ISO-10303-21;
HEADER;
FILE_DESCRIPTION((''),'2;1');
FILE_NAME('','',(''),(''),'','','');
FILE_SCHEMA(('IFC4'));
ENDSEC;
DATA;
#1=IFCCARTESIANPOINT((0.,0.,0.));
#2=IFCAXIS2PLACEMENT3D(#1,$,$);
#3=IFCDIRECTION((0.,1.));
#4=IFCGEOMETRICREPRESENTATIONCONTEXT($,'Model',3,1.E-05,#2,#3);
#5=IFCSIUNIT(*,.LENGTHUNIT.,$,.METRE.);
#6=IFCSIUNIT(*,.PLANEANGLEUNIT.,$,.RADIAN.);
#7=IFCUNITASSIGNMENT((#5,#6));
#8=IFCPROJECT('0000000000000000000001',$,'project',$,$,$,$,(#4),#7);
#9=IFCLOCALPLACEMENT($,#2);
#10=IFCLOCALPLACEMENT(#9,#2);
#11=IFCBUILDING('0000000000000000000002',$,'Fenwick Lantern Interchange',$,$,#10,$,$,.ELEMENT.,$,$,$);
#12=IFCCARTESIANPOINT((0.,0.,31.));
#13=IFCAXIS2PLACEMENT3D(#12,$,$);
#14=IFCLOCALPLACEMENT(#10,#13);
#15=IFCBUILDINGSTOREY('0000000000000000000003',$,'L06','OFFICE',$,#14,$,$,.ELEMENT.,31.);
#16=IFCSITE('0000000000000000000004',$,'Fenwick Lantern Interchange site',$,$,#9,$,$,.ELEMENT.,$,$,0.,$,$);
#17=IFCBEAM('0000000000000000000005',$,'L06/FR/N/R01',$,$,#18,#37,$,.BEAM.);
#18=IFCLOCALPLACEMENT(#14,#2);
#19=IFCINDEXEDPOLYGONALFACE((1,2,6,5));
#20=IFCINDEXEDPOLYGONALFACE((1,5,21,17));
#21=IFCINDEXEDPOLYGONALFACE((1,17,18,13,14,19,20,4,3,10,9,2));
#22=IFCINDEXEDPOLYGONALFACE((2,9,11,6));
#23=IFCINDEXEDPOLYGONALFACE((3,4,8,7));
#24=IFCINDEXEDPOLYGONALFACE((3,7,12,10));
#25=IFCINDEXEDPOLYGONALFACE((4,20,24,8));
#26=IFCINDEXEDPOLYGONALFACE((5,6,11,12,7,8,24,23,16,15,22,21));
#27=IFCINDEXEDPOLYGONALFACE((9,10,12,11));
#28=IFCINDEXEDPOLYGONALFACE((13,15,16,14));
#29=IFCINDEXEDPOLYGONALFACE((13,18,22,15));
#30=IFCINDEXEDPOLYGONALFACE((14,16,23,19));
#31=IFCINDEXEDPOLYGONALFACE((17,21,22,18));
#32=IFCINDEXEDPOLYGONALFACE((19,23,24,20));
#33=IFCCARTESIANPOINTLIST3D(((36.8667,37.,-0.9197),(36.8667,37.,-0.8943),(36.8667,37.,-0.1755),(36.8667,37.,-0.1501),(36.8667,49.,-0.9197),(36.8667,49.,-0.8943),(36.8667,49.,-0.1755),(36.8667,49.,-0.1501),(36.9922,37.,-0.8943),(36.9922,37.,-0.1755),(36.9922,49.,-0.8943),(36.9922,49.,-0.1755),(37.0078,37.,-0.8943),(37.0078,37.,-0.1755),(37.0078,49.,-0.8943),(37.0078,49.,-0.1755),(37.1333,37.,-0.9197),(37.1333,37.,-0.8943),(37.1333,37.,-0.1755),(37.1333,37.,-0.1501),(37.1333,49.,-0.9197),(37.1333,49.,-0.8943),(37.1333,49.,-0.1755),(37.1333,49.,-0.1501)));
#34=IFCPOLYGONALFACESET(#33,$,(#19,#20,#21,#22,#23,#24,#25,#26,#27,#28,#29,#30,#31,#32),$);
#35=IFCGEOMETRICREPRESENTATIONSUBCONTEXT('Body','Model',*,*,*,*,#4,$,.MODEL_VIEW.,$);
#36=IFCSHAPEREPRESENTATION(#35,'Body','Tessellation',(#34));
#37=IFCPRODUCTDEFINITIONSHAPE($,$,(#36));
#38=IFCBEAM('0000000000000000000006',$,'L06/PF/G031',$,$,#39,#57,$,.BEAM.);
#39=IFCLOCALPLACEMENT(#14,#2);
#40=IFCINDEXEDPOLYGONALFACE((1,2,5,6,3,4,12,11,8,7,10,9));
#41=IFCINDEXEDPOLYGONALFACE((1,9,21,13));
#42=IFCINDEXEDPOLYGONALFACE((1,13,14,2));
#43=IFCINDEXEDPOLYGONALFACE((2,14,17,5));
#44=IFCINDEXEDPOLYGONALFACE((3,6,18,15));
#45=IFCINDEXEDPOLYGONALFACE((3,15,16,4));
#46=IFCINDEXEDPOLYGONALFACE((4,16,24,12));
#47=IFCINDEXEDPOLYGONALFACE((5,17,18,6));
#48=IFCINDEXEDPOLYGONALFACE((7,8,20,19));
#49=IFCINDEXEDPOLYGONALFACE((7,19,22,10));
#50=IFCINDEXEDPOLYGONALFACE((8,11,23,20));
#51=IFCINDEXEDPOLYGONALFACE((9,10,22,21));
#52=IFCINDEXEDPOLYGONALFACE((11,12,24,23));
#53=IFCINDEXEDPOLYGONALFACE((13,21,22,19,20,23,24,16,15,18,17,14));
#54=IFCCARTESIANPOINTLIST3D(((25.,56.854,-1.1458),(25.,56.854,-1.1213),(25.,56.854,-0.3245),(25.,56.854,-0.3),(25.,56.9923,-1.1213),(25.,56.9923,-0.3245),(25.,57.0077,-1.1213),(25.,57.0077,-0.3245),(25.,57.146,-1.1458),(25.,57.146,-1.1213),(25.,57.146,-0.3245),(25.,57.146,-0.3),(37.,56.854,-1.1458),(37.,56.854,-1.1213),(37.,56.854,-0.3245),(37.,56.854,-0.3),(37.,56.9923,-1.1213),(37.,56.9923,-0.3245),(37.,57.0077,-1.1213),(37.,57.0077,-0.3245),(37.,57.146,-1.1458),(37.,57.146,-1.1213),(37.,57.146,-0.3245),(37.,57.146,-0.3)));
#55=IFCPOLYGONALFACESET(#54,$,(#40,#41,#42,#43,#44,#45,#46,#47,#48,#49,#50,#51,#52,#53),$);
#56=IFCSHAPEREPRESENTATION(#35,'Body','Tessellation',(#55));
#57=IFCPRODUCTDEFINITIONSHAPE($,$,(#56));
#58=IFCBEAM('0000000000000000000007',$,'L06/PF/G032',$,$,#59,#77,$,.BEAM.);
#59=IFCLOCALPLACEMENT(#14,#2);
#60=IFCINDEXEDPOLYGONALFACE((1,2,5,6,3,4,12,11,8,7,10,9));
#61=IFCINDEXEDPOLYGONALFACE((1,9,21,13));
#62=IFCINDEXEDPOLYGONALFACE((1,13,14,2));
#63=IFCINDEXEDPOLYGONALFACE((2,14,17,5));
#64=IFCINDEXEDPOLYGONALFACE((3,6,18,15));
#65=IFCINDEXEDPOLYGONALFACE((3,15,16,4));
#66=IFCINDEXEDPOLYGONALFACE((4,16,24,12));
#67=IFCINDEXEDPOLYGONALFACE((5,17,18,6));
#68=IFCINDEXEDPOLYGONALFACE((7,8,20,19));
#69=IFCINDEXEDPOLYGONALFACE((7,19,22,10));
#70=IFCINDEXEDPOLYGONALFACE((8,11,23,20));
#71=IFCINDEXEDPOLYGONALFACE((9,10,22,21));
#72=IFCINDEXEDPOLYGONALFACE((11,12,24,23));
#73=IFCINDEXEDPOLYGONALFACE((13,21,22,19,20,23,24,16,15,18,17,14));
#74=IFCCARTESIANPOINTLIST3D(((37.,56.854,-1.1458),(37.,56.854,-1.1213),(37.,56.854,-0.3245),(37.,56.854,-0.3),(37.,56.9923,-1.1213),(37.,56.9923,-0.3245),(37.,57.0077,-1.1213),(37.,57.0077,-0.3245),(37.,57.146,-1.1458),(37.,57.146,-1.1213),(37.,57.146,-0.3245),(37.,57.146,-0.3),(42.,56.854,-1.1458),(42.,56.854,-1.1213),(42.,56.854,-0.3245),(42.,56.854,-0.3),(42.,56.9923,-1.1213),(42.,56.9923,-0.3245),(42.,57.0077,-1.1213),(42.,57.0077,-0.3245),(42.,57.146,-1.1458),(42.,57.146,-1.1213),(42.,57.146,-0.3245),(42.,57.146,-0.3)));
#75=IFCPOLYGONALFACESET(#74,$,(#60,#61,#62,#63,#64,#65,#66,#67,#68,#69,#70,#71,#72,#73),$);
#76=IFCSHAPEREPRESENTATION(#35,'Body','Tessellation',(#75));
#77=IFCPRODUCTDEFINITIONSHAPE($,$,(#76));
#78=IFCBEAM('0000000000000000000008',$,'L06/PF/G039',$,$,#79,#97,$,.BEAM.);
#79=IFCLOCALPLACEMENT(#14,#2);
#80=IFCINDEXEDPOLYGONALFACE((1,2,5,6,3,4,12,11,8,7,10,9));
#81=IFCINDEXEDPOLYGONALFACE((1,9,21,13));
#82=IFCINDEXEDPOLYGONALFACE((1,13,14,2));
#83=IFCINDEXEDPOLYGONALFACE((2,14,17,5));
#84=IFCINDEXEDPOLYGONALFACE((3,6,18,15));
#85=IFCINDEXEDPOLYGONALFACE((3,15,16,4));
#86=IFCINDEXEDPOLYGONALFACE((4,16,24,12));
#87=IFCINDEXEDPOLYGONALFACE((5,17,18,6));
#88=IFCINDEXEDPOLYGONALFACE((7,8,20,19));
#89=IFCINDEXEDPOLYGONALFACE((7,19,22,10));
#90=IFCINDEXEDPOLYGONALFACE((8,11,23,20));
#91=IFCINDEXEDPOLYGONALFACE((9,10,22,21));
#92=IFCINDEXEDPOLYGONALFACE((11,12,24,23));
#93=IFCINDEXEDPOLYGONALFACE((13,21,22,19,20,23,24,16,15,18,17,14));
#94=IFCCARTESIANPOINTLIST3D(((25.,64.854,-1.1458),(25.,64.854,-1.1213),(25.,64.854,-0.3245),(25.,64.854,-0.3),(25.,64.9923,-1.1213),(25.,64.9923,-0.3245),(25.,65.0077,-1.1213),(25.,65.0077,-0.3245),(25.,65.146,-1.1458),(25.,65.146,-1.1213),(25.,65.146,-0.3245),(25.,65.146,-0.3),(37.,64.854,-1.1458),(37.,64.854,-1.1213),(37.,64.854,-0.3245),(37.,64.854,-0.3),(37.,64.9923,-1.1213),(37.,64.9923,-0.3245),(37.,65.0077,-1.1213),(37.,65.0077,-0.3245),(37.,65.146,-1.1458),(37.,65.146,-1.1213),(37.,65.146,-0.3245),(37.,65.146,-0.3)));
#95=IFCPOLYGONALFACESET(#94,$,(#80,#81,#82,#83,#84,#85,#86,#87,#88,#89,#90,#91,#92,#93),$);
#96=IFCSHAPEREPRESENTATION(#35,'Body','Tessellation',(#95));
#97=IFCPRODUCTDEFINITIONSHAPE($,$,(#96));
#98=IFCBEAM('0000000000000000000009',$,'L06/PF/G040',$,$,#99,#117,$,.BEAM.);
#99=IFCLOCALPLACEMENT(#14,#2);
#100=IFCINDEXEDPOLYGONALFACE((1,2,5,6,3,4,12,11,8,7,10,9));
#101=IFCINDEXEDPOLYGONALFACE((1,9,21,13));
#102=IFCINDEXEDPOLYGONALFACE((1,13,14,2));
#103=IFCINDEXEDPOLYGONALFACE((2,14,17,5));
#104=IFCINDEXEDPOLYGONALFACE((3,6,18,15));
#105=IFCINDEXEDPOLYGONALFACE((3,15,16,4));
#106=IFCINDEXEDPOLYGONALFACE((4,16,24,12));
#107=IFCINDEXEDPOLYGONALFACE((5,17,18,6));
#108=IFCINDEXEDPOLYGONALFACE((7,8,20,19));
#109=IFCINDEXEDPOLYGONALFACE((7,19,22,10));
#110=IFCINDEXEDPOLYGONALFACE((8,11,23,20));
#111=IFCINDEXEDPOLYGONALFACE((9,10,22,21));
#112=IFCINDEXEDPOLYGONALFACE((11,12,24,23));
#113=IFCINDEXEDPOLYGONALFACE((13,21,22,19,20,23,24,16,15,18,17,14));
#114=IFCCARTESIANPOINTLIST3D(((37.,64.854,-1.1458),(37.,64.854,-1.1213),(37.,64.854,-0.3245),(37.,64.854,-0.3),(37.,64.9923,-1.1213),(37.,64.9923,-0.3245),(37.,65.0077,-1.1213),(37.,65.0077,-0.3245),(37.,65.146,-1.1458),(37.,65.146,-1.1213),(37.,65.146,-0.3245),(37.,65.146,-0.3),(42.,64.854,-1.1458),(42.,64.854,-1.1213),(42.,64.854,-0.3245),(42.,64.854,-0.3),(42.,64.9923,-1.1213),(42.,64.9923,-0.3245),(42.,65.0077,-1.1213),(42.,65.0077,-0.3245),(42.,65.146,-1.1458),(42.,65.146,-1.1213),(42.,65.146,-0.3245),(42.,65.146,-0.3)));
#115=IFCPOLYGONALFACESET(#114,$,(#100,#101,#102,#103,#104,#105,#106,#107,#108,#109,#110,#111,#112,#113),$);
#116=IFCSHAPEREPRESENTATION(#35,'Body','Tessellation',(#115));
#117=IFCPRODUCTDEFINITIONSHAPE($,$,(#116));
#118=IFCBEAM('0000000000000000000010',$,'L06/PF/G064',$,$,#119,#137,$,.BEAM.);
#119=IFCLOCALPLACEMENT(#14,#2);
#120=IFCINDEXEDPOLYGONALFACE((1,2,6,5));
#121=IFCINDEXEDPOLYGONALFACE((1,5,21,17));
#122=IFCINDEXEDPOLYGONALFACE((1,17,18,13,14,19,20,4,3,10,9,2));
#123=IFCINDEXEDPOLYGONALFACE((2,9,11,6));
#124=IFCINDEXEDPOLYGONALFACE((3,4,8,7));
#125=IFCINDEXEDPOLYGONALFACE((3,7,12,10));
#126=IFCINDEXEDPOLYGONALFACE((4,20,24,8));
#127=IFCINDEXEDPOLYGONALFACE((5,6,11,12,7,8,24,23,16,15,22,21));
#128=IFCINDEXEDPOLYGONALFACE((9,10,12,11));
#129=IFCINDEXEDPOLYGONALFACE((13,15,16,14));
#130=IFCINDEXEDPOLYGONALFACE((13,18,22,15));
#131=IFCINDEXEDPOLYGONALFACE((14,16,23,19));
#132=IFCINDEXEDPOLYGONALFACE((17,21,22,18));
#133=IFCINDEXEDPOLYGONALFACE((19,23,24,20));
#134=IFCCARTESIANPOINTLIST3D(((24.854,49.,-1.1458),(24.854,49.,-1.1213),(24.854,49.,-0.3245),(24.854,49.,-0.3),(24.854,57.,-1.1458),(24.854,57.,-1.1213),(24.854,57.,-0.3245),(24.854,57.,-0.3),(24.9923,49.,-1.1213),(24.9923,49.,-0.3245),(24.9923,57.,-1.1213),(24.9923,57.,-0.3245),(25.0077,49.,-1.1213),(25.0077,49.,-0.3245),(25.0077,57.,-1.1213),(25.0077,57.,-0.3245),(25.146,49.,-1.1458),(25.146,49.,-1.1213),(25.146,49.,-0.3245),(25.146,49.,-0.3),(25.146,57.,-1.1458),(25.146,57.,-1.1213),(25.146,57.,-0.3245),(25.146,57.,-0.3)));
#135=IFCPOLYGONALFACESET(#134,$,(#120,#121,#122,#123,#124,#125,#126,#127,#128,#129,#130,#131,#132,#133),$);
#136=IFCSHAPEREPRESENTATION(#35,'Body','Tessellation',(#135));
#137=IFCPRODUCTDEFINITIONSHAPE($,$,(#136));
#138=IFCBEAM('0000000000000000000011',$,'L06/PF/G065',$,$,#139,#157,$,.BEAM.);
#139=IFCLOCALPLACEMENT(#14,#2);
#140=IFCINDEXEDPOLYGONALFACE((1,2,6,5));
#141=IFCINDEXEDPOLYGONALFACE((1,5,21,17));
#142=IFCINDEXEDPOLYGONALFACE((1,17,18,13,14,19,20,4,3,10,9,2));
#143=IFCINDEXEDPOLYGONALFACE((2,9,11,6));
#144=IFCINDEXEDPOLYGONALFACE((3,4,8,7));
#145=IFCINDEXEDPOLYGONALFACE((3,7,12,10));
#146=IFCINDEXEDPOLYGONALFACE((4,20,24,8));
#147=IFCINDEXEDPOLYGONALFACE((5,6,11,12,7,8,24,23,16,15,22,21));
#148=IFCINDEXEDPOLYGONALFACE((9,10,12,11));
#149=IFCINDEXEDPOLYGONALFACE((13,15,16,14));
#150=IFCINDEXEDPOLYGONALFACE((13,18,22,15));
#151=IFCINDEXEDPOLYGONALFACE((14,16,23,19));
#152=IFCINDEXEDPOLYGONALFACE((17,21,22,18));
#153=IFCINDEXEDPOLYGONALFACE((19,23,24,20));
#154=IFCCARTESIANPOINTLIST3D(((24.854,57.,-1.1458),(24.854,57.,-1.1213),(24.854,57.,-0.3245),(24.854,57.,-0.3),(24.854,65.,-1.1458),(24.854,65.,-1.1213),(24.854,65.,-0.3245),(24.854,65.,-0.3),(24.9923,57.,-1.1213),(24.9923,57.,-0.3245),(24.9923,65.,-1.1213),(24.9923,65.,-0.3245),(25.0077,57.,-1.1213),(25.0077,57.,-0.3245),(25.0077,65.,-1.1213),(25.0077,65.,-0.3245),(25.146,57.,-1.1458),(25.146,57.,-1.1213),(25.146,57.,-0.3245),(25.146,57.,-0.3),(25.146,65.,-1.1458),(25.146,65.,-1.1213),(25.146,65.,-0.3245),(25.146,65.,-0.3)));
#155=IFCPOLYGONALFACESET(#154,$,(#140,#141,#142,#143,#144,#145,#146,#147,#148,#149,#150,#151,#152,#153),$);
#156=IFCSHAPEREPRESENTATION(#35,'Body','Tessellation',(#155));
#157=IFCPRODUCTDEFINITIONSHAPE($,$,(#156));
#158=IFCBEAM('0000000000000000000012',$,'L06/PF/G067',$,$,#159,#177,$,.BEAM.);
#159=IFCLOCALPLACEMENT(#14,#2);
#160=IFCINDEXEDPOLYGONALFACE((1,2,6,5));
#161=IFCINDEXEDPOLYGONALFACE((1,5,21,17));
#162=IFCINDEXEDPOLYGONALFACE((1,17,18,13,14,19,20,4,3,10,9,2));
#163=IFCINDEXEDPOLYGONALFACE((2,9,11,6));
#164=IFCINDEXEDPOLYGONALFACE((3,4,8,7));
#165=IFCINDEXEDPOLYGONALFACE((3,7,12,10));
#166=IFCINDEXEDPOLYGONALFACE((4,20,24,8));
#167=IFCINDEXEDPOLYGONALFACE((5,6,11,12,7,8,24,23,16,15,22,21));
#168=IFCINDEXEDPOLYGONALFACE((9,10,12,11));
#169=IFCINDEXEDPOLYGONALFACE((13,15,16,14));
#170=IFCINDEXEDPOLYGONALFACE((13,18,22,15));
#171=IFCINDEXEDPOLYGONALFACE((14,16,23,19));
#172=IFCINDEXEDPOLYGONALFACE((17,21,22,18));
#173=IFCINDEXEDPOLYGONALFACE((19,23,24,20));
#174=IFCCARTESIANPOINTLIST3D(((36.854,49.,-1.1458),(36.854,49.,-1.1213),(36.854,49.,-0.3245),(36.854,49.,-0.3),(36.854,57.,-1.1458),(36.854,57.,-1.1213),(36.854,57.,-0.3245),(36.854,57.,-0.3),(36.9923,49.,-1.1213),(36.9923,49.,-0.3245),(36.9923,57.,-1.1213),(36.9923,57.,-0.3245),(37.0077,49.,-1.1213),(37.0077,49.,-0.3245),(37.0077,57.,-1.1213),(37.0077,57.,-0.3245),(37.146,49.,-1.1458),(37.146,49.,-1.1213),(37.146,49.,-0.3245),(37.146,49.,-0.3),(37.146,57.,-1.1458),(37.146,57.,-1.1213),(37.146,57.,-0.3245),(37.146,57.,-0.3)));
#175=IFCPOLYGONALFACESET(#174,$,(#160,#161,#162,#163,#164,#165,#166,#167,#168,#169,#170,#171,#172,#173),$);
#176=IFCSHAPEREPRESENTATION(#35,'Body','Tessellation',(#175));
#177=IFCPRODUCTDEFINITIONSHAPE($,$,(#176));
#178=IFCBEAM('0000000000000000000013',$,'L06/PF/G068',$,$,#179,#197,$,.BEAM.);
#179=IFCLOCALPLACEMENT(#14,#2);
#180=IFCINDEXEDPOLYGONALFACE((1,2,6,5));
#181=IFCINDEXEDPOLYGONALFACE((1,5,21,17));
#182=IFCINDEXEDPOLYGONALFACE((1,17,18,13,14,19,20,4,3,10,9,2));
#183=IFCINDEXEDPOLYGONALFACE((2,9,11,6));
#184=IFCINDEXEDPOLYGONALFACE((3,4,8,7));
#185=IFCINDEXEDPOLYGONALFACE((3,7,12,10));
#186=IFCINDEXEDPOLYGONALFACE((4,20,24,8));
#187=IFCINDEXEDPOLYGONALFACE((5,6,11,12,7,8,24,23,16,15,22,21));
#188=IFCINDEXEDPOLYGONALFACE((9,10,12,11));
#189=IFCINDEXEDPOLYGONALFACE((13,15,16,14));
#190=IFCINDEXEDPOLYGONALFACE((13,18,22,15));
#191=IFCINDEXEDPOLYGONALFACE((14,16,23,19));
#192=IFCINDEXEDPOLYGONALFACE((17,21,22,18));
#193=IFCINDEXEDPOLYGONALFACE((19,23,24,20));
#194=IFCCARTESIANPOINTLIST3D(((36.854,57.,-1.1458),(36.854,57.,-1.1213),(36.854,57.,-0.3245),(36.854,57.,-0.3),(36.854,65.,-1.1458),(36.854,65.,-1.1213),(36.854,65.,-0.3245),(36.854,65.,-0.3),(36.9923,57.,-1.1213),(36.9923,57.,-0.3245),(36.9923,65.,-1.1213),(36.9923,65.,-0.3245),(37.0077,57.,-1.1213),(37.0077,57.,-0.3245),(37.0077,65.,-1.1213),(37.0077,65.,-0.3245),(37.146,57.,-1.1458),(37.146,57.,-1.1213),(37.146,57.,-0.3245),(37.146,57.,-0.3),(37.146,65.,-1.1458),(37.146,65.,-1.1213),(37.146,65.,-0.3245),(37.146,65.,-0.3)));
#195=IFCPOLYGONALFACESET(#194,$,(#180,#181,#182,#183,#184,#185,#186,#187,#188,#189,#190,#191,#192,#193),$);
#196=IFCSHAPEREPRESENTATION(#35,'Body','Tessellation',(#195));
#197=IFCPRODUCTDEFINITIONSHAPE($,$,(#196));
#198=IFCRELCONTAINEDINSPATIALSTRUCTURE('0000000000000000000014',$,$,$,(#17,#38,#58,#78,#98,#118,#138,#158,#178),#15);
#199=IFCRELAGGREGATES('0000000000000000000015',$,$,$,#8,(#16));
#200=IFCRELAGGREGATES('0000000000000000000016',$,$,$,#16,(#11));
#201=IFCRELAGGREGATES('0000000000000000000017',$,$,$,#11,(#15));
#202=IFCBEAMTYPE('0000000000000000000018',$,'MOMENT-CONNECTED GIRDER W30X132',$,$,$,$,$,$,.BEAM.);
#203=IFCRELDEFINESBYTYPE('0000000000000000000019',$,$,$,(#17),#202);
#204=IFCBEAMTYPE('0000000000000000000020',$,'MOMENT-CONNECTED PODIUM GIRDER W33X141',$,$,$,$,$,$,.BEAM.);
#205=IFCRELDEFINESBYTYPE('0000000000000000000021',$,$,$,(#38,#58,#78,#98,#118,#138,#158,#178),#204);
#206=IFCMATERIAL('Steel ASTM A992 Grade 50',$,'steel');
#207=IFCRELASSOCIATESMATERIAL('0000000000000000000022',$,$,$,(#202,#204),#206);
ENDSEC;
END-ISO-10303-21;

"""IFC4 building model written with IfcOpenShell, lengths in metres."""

from ifc_helpers import new_model, si_unit, direction, frame, origin, origin_2d, place, context, subcontext, project, spatial, i_section, extrude, material, material_profile, profile_set, type_object, element, save


model = new_model("IFC4")

# Units and contexts
model_context = context("Model", 3, precision=1e-05, world=origin(), true_north=direction((0.0, 1.0)))
body_context = subcontext(model_context, "Body", "Model", "MODEL_VIEW")
ifc_project = project(units=[si_unit("LENGTHUNIT", "METRE"), si_unit("PLANEANGLEUNIT", "RADIAN")], contexts=[model_context])

# Site, building, storey
site_placement = place(None, origin())
site = spatial("IfcSite", under=ifc_project, at=site_placement, Name="Fenwick Lantern Interchange site", CompositionType="ELEMENT", RefElevation=0.0)
building_placement = place(site_placement, origin())
building = spatial("IfcBuilding", under=site, at=building_placement, Name="Fenwick Lantern Interchange", CompositionType="ELEMENT")
storey_placement = place(building_placement, frame((0.0, 0.0, 31.0)))
storey = spatial("IfcBuildingStorey", under=building, at=storey_placement, Name="L06", Description="OFFICE", CompositionType="ELEMENT", Elevation=31.0)

# Shared definitions
ifc_material_1 = material(Name="Steel ASTM A992 Grade 50", Category="steel")

# Beams
ifc_material_profile_1 = material_profile(ifc_material_1, i_section(OverallWidth=0.2666, OverallDepth=0.7695, WebThickness=0.0156, FlangeThickness=0.0254, at=origin_2d()), Name="W30X132")
ifc_profile_set_1 = profile_set([ifc_material_profile_1], Name="Steel ASTM A992 Grade 50")
beam_type_1 = type_object("IfcBeamType", Name="MOMENT-CONNECTED GIRDER W30X132", PredefinedType="BEAM", material=ifc_profile_set_1)
beam_1_placement = place(storey_placement, frame((37.0, 49.0, -0.5349), z_axis=(0.0, -1.0, 0.0), x_axis=(1.0, 0.0, 0.0)))
element("IfcBeam", 1, at=beam_1_placement, inside=storey, type_object=beam_type_1, Name="L06/FR/N/R01", PredefinedType="BEAM", context=body_context, shape_type="SweptSolid", body=[
    extrude(i_section(OverallWidth=0.2666, OverallDepth=0.7695, WebThickness=0.0156, FlangeThickness=0.0254, at=origin_2d()), origin(), (0.0, 0.0, 1.0), 12.0),
])
ifc_material_profile_2 = material_profile(ifc_material_1, i_section(OverallWidth=0.292, OverallDepth=0.8457, WebThickness=0.0154, FlangeThickness=0.0244, at=origin_2d()), Name="W33X141")
ifc_profile_set_2 = profile_set([ifc_material_profile_2], Name="Steel ASTM A992 Grade 50")
beam_type_2 = type_object("IfcBeamType", Name="MOMENT-CONNECTED PODIUM GIRDER W33X141", PredefinedType="BEAM", material=ifc_profile_set_2)
beam_2_placement = place(storey_placement, frame((25.0, 57.0, -0.7229), z_axis=(1.0, 0.0, 0.0), x_axis=(0.0, 1.0, 0.0)))
element("IfcBeam", 2, at=beam_2_placement, inside=storey, type_object=beam_type_2, Name="L06/PF/G031", PredefinedType="BEAM", context=body_context, shape_type="SweptSolid", body=[
    extrude(i_section(OverallWidth=0.292, OverallDepth=0.8457, WebThickness=0.0154, FlangeThickness=0.0244, at=origin_2d()), origin(), (0.0, 0.0, 1.0), 12.0),
])
beam_3_placement = place(storey_placement, frame((37.0, 57.0, -0.7229), z_axis=(1.0, 0.0, 0.0), x_axis=(0.0, 1.0, 0.0)))
element("IfcBeam", 3, at=beam_3_placement, inside=storey, type_object=beam_type_2, Name="L06/PF/G032", PredefinedType="BEAM", context=body_context, shape_type="SweptSolid", body=[
    extrude(i_section(OverallWidth=0.292, OverallDepth=0.8457, WebThickness=0.0154, FlangeThickness=0.0244, at=origin_2d()), origin(), (0.0, 0.0, 1.0), 5.0),
])
beam_4_placement = place(storey_placement, frame((25.0, 65.0, -0.7229), z_axis=(1.0, 0.0, 0.0), x_axis=(0.0, 1.0, 0.0)))
element("IfcBeam", 4, at=beam_4_placement, inside=storey, type_object=beam_type_2, Name="L06/PF/G039", PredefinedType="BEAM", context=body_context, shape_type="SweptSolid", body=[
    extrude(i_section(OverallWidth=0.292, OverallDepth=0.8457, WebThickness=0.0154, FlangeThickness=0.0244, at=origin_2d()), origin(), (0.0, 0.0, 1.0), 12.0),
])
beam_5_placement = place(storey_placement, frame((37.0, 65.0, -0.7229), z_axis=(1.0, 0.0, 0.0), x_axis=(0.0, 1.0, 0.0)))
element("IfcBeam", 5, at=beam_5_placement, inside=storey, type_object=beam_type_2, Name="L06/PF/G040", PredefinedType="BEAM", context=body_context, shape_type="SweptSolid", body=[
    extrude(i_section(OverallWidth=0.292, OverallDepth=0.8457, WebThickness=0.0154, FlangeThickness=0.0244, at=origin_2d()), origin(), (0.0, 0.0, 1.0), 5.0),
])
for number, where, z_axis, x_axis, name in (
    (6, (25.0, 49.0, -0.7229), (0.0, 1.0, 0.0), (-1.0, 0.0, 0.0), "L06/PF/G064"),
    (7, (25.0, 57.0, -0.7229), (0.0, 1.0, 0.0), (-1.0, 0.0, 0.0), "L06/PF/G065"),
    (8, (37.0, 49.0, -0.7229), (0.0, 1.0, 0.0), (-1.0, 0.0, 0.0), "L06/PF/G067"),
    (9, (37.0, 57.0, -0.7229), (0.0, 1.0, 0.0), (-1.0, 0.0, 0.0), "L06/PF/G068"),
):
    element("IfcBeam", number, at=place(storey_placement, frame(where, z_axis=z_axis, x_axis=x_axis)), inside=storey, type_object=beam_type_2, Name=name, PredefinedType="BEAM", context=body_context, shape_type="SweptSolid", body=[
        extrude(i_section(OverallWidth=0.292, OverallDepth=0.8457, WebThickness=0.0154, FlangeThickness=0.0244, at=origin_2d()), origin(), (0.0, 0.0, 1.0), 8.0),
    ])

save(model, "model.ifc")
